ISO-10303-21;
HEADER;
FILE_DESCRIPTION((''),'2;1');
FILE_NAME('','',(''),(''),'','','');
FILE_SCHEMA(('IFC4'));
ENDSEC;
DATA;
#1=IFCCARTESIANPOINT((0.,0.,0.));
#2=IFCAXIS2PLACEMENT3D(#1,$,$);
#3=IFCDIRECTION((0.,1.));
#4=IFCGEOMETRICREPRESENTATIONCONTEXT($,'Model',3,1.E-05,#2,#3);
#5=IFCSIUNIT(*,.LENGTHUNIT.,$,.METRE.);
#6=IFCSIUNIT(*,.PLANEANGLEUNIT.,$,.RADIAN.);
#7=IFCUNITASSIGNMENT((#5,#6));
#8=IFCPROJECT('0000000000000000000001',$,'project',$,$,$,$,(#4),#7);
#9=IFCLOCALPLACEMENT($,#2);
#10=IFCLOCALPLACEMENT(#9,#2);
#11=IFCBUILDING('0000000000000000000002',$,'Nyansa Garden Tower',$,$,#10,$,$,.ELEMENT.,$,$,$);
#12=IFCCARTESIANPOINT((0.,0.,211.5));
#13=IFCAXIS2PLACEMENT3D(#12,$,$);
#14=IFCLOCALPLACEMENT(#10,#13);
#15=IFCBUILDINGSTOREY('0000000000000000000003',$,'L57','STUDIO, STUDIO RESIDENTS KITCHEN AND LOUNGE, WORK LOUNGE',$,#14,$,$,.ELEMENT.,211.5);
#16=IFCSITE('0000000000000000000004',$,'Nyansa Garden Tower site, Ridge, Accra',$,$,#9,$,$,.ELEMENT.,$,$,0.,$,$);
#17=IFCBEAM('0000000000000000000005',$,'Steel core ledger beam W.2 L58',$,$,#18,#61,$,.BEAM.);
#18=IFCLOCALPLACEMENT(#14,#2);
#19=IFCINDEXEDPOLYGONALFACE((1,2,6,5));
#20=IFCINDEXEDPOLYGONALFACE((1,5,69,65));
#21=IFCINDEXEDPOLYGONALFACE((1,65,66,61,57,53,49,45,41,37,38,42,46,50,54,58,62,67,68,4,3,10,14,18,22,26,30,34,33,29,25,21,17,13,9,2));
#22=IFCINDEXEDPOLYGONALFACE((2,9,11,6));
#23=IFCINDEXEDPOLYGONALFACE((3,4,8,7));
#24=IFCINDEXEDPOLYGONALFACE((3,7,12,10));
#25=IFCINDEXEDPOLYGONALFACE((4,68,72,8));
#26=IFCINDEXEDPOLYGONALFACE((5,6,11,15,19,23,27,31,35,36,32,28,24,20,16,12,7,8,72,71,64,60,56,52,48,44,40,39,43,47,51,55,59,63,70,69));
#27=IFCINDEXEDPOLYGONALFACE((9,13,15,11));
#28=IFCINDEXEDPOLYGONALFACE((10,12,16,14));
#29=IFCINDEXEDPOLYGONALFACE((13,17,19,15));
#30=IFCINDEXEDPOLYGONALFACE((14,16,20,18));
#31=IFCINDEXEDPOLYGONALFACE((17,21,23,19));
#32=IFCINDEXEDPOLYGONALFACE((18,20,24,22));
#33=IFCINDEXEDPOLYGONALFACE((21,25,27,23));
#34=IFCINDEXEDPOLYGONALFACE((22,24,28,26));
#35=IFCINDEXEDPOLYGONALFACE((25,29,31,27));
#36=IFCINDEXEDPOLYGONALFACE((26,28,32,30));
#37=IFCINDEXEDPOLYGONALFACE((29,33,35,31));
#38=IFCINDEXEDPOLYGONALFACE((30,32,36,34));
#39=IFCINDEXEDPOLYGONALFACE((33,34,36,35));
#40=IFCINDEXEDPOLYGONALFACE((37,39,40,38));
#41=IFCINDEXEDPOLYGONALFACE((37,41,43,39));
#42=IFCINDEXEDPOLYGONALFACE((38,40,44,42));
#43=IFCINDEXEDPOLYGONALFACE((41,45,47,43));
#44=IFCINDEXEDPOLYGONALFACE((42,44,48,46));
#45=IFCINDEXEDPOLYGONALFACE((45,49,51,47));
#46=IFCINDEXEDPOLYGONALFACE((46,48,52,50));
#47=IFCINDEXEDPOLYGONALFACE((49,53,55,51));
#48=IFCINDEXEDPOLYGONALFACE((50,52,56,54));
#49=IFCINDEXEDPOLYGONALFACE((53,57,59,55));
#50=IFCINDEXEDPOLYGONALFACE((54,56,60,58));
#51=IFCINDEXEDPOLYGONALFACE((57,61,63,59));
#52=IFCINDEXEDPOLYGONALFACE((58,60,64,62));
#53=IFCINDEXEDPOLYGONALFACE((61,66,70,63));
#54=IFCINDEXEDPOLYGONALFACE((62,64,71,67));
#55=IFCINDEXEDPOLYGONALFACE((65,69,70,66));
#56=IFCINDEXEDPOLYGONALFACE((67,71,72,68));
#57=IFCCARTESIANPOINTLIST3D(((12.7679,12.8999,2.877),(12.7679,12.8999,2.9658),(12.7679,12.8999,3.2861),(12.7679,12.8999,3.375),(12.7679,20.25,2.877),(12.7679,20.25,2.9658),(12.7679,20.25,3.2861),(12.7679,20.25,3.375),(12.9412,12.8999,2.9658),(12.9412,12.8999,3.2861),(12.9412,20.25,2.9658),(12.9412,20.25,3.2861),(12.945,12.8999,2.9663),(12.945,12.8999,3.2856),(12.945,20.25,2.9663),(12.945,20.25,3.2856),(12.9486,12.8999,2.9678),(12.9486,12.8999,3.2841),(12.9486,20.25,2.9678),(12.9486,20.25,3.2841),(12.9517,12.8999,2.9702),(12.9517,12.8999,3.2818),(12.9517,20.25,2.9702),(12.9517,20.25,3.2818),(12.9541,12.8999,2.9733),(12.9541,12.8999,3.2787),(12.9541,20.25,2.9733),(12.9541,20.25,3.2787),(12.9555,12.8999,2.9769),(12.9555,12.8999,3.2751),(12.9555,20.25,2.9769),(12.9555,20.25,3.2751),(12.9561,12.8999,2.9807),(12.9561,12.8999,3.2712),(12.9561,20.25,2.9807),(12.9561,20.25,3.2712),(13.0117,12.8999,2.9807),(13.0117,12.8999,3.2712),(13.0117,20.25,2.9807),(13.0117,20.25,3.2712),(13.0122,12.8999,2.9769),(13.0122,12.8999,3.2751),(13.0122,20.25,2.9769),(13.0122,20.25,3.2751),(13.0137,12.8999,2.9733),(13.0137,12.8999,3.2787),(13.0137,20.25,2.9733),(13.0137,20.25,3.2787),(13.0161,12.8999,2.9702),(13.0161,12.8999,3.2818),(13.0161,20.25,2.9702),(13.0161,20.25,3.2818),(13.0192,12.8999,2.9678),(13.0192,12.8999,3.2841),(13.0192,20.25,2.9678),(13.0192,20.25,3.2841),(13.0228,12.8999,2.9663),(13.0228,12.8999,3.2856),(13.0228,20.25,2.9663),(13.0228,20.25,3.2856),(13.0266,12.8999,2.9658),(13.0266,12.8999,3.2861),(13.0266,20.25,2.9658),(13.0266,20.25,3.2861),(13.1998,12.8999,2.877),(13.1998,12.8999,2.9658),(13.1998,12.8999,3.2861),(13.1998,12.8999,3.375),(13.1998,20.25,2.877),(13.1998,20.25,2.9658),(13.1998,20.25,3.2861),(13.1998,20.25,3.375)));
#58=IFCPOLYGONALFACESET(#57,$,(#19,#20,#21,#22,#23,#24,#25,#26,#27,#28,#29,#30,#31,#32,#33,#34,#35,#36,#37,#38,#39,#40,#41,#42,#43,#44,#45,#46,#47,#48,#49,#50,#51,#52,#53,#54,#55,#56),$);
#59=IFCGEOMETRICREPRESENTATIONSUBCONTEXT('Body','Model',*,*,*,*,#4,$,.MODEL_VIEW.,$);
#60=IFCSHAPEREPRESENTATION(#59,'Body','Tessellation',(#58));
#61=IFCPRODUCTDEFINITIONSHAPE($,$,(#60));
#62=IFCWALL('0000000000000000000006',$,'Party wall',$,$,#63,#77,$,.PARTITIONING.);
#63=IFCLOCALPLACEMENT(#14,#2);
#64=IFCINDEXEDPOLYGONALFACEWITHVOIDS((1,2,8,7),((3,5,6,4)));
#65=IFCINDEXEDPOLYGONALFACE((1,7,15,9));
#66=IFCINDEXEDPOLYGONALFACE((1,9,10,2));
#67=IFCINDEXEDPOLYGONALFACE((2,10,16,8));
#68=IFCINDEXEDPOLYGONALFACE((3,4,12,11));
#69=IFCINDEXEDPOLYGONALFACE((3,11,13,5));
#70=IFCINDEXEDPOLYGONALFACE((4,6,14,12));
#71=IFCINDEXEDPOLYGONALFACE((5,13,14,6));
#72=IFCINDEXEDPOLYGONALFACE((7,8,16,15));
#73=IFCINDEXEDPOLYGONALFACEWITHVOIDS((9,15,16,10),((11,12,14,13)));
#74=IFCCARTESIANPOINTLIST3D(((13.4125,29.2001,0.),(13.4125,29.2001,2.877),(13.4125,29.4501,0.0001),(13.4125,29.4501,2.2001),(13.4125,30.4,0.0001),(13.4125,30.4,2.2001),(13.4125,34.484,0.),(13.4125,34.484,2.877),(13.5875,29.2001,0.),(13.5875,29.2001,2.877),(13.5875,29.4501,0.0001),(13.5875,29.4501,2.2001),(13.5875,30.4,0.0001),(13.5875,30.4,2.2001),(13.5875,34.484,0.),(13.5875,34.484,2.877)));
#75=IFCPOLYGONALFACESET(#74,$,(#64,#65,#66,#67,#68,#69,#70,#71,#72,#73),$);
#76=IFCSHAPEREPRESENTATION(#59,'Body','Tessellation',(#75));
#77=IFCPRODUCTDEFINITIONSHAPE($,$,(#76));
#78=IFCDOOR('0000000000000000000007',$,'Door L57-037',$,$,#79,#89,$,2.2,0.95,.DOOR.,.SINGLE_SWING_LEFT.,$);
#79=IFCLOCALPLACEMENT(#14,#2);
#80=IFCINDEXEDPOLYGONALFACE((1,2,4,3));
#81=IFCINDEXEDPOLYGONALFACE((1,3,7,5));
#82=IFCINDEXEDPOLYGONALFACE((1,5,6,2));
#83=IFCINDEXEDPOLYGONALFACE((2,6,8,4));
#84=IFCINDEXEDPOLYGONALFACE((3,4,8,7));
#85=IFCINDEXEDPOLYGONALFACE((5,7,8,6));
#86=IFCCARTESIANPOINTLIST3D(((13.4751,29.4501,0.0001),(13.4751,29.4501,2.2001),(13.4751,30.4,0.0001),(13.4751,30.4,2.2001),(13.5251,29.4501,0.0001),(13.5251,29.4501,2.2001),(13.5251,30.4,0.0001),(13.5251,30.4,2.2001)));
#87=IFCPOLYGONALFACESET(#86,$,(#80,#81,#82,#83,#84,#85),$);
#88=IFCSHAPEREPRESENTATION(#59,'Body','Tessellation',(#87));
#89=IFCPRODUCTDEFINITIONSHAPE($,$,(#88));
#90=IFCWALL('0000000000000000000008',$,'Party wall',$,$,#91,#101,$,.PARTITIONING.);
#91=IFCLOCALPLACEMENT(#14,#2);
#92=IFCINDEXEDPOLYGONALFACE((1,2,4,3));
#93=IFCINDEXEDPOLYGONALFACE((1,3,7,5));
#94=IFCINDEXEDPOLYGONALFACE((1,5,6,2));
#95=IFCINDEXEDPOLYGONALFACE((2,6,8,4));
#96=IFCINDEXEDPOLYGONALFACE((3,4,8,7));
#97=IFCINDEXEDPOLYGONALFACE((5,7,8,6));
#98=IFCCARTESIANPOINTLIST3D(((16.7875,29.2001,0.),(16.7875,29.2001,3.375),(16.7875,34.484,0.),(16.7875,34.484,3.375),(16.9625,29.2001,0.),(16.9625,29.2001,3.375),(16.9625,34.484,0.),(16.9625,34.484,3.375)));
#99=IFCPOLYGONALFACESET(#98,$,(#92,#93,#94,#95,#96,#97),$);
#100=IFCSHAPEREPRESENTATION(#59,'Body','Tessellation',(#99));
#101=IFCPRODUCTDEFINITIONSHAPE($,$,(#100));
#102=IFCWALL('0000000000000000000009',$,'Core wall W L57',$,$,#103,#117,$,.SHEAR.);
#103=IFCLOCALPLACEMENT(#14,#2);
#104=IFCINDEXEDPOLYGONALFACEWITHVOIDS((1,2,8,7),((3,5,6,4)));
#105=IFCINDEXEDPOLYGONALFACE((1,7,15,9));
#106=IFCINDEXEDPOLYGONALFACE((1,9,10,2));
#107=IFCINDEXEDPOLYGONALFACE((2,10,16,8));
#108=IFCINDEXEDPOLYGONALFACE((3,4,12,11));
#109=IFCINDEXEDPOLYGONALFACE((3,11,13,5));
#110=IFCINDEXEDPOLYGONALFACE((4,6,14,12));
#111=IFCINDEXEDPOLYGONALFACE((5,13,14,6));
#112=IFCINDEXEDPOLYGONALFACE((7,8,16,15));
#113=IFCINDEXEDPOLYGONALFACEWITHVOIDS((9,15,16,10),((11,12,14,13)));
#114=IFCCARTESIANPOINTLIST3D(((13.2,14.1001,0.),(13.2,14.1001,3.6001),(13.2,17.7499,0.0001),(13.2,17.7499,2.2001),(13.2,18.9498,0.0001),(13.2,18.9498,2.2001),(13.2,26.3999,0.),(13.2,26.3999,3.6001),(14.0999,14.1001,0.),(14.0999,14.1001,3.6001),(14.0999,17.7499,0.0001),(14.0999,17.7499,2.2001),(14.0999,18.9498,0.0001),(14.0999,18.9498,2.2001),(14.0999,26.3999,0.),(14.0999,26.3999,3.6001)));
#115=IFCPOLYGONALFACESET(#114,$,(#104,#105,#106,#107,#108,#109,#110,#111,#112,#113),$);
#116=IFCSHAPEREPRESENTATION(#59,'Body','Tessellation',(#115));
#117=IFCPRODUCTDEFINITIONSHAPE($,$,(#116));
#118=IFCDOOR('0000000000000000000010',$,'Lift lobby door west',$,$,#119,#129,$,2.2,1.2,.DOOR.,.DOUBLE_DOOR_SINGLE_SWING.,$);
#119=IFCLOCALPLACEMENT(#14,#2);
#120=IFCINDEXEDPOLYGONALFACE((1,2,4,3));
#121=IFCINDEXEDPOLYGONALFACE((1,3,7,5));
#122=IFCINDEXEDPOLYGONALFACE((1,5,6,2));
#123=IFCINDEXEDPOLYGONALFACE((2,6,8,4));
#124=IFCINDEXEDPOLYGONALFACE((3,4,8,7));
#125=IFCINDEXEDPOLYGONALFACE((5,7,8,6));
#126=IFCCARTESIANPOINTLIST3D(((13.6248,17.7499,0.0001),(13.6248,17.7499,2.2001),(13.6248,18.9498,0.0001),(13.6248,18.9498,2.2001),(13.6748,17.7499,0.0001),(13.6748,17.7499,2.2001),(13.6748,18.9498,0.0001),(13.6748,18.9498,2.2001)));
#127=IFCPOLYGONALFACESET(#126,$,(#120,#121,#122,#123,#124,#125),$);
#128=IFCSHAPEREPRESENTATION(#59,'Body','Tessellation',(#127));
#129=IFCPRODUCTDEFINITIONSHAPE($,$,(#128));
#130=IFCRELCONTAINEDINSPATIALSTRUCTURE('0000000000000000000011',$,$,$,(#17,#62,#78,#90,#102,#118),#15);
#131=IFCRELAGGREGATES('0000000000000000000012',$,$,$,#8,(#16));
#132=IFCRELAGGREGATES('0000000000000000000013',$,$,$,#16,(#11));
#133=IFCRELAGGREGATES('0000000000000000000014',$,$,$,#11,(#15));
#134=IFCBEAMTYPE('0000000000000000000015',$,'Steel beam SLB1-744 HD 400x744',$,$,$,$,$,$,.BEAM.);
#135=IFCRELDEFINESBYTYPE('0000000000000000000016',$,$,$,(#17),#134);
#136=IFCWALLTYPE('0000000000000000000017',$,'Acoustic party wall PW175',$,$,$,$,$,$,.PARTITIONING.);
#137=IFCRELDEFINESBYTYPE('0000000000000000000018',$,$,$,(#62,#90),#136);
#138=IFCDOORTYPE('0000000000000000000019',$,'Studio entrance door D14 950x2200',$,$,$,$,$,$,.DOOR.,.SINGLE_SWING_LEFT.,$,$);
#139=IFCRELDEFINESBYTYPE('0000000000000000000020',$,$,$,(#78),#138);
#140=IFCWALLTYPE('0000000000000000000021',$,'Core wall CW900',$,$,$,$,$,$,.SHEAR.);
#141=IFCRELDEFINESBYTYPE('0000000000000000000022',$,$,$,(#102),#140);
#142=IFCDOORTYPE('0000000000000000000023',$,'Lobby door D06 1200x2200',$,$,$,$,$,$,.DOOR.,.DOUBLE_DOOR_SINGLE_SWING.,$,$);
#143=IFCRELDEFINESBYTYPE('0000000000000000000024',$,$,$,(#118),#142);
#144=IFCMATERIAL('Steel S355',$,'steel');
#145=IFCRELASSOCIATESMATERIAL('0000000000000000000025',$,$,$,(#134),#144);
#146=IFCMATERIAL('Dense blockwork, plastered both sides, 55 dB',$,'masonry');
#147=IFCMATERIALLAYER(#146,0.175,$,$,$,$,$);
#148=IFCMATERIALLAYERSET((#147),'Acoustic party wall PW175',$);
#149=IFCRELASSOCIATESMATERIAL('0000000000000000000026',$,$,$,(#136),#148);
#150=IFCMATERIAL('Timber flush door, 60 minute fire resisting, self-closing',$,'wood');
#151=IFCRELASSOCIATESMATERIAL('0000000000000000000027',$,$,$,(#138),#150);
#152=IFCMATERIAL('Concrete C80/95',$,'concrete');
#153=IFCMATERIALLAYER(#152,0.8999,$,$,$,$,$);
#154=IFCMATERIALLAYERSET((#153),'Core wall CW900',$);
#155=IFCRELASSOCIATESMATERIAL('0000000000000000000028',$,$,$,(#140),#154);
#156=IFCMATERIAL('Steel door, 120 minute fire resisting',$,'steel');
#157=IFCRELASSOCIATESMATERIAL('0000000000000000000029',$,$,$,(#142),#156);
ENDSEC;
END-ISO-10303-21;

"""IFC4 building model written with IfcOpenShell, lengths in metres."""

from ifc_helpers import new_model, si_unit, direction, frame, frame_2d, origin, origin_2d, place, context, subcontext, project, spatial, rectangle, i_section, extrude, material, layer, layer_set, material_profile, profile_set, type_object, element, fill, save


model = new_model("IFC4")

# Units and contexts
model_context = context("Model", 3, precision=1e-05, world=origin(), true_north=direction((0.0, 1.0)))
body_context = subcontext(model_context, "Body", "Model", "MODEL_VIEW")
ifc_project = project(units=[si_unit("LENGTHUNIT", "METRE"), si_unit("PLANEANGLEUNIT", "RADIAN")], contexts=[model_context])

# Site, building, storey
site_placement = place(None, origin())
site = spatial("IfcSite", under=ifc_project, at=site_placement, Name="Nyansa Garden Tower site, Ridge, Accra", CompositionType="ELEMENT", RefElevation=0.0)
building_placement = place(site_placement, origin())
building = spatial("IfcBuilding", under=site, at=building_placement, Name="Nyansa Garden Tower", CompositionType="ELEMENT")
storey_placement = place(building_placement, frame((0.0, 0.0, 211.5)))
storey = spatial("IfcBuildingStorey", under=building, at=storey_placement, Name="L57", Description="STUDIO, STUDIO RESIDENTS KITCHEN AND LOUNGE, WORK LOUNGE", CompositionType="ELEMENT", Elevation=211.5)

# Beam
ifc_material_1 = material(Name="Steel S355", Category="steel")
ifc_material_profile_1 = material_profile(ifc_material_1, i_section(OverallWidth=0.4319, OverallDepth=0.498, WebThickness=0.0557, FlangeThickness=0.0889, FilletRadius=0.0149, at=origin_2d()), Name="HD 400x744")
ifc_profile_set_1 = profile_set([ifc_material_profile_1], Name="Steel S355")
beam_type_1 = type_object("IfcBeamType", Name="Steel beam SLB1-744 HD 400x744", PredefinedType="BEAM", material=ifc_profile_set_1)
for number, where, z_axis, x_axis, name in (
    (1, (12.9839, 20.25, 3.126), (0.0, -1.0, 0.0), (1.0, 0.0, 0.0), "Steel core ledger beam W.2 L58"),
):
    element("IfcBeam", number, at=place(storey_placement, frame(where, z_axis=z_axis, x_axis=x_axis)), inside=storey, type_object=beam_type_1, Name=name, PredefinedType="BEAM", context=body_context, shape_type="SweptSolid", body=[
        extrude(i_section(OverallWidth=0.4319, OverallDepth=0.498, WebThickness=0.0557, FlangeThickness=0.0889, FilletRadius=0.0149, at=origin_2d()), origin(), (0.0, 0.0, 1.0), 7.3501),
    ])

# Wall, opening, door
ifc_material_2 = material(Name="Dense blockwork, plastered both sides, 55 dB", Category="masonry")
ifc_layer_1 = layer(ifc_material_2, 0.175)
ifc_layer_set_1 = layer_set([ifc_layer_1], Name="Acoustic party wall PW175")
wall_type_1 = type_object("IfcWallType", Name="Acoustic party wall PW175", PredefinedType="PARTITIONING", material=ifc_layer_set_1)
wall_1_placement = place(storey_placement, frame((13.5, 29.2, 0.0), z_axis=(0.0, 0.0, 1.0), x_axis=(0.0, 1.0, 0.0)))
wall_1 = element("IfcWall", 2, at=wall_1_placement, inside=storey, type_object=wall_type_1, Name="Party wall", PredefinedType="PARTITIONING", context=body_context, shape_type="SweptSolid", body=[
    extrude(rectangle(XDim=5.2839, YDim=0.175, at=frame_2d((2.6421, 0.0))), origin(), (0.0, 0.0, 1.0), 2.877),
])
opening_1_placement = place(wall_1_placement, frame((0.25, 0.0, 0.0)))
opening_1 = element("IfcOpeningElement", 3, at=opening_1_placement, cuts=wall_1, PredefinedType="OPENING", context=body_context, shape_type="SweptSolid", body=[
    extrude(rectangle(XDim=0.95, YDim=2.2, at=frame_2d((0.4751, 1.1001))), frame((0.0, 0.0974, 0.0), z_axis=(0.0, -1.0, 0.0), x_axis=(1.0, 0.0, 0.0)), (0.0, 0.0, 1.0), 0.1951),
])
ifc_material_3 = material(Name="Timber flush door, 60 minute fire resisting, self-closing", Category="wood")
door_type_1 = type_object("IfcDoorType", Name="Studio entrance door D14 950x2200", OperationType="SINGLE_SWING_LEFT", PredefinedType="DOOR", material=ifc_material_3)
door_1_placement = place(opening_1_placement, origin())
door_1 = element("IfcDoor", 4, at=door_1_placement, inside=storey, type_object=door_type_1, Name="Door L57-037", OperationType="SINGLE_SWING_LEFT", OverallHeight=2.2, OverallWidth=0.95, PredefinedType="DOOR", context=body_context, shape_type="SweptSolid", body=[
    extrude(rectangle(XDim=0.95, YDim=2.2, at=frame_2d((0.4751, 1.1001))), frame((0.0, 0.0249, 0.0), z_axis=(0.0, -1.0, 0.0), x_axis=(1.0, 0.0, 0.0)), (0.0, 0.0, 1.0), 0.05),
])
fill(opening_1, door_1)

# Wall
wall_2_placement = place(storey_placement, frame((16.875, 29.2, 0.0), z_axis=(0.0, 0.0, 1.0), x_axis=(0.0, 1.0, 0.0)))
element("IfcWall", 5, at=wall_2_placement, inside=storey, type_object=wall_type_1, Name="Party wall", PredefinedType="PARTITIONING", context=body_context, shape_type="SweptSolid", body=[
    extrude(rectangle(XDim=5.2839, YDim=0.175, at=frame_2d((2.6421, 0.0))), origin(), (0.0, 0.0, 1.0), 3.375),
])

# Wall, opening, door
ifc_material_4 = material(Name="Concrete C80/95", Category="concrete")
ifc_layer_2 = layer(ifc_material_4, 0.8999)
ifc_layer_set_2 = layer_set([ifc_layer_2], Name="Core wall CW900")
wall_type_2 = type_object("IfcWallType", Name="Core wall CW900", PredefinedType="SHEAR", material=ifc_layer_set_2)
wall_3_placement = place(storey_placement, frame((13.6499, 26.3999, 0.0), z_axis=(0.0, 0.0, 1.0), x_axis=(0.0, -1.0, 0.0)))
wall_3 = element("IfcWall", 6, at=wall_3_placement, inside=storey, type_object=wall_type_2, Name="Core wall W L57", PredefinedType="SHEAR", context=body_context, shape_type="SweptSolid", body=[
    extrude(rectangle(XDim=12.2998, YDim=0.8999, at=frame_2d((6.1499, 0.0))), origin(), (0.0, 0.0, 1.0), 3.6001),
])
opening_2_placement = place(wall_3_placement, frame((7.45, 0.0, 0.0)))
opening_2 = element("IfcOpeningElement", 7, at=opening_2_placement, cuts=wall_3, PredefinedType="OPENING", context=body_context, shape_type="SweptSolid", body=[
    extrude(rectangle(XDim=1.2, YDim=2.2, at=frame_2d((0.6001, 1.1001))), frame((0.0, 0.46, 0.0), z_axis=(0.0, -1.0, 0.0), x_axis=(1.0, 0.0, 0.0)), (0.0, 0.0, 1.0), 0.9199),
])
ifc_material_5 = material(Name="Steel door, 120 minute fire resisting", Category="steel")
door_type_2 = type_object("IfcDoorType", Name="Lobby door D06 1200x2200", OperationType="DOUBLE_DOOR_SINGLE_SWING", PredefinedType="DOOR", material=ifc_material_5)
door_2_placement = place(opening_2_placement, origin())
door_2 = element("IfcDoor", 8, at=door_2_placement, inside=storey, type_object=door_type_2, Name="Lift lobby door west", OperationType="DOUBLE_DOOR_SINGLE_SWING", OverallHeight=2.2, OverallWidth=1.2, PredefinedType="DOOR", context=body_context, shape_type="SweptSolid", body=[
    extrude(rectangle(XDim=1.2, YDim=2.2, at=frame_2d((0.6001, 1.1001))), frame((0.0, 0.0249, 0.0), z_axis=(0.0, -1.0, 0.0), x_axis=(1.0, 0.0, 0.0)), (0.0, 0.0, 1.0), 0.05),
])
fill(opening_2, door_2)

save(model, "model.ifc")
